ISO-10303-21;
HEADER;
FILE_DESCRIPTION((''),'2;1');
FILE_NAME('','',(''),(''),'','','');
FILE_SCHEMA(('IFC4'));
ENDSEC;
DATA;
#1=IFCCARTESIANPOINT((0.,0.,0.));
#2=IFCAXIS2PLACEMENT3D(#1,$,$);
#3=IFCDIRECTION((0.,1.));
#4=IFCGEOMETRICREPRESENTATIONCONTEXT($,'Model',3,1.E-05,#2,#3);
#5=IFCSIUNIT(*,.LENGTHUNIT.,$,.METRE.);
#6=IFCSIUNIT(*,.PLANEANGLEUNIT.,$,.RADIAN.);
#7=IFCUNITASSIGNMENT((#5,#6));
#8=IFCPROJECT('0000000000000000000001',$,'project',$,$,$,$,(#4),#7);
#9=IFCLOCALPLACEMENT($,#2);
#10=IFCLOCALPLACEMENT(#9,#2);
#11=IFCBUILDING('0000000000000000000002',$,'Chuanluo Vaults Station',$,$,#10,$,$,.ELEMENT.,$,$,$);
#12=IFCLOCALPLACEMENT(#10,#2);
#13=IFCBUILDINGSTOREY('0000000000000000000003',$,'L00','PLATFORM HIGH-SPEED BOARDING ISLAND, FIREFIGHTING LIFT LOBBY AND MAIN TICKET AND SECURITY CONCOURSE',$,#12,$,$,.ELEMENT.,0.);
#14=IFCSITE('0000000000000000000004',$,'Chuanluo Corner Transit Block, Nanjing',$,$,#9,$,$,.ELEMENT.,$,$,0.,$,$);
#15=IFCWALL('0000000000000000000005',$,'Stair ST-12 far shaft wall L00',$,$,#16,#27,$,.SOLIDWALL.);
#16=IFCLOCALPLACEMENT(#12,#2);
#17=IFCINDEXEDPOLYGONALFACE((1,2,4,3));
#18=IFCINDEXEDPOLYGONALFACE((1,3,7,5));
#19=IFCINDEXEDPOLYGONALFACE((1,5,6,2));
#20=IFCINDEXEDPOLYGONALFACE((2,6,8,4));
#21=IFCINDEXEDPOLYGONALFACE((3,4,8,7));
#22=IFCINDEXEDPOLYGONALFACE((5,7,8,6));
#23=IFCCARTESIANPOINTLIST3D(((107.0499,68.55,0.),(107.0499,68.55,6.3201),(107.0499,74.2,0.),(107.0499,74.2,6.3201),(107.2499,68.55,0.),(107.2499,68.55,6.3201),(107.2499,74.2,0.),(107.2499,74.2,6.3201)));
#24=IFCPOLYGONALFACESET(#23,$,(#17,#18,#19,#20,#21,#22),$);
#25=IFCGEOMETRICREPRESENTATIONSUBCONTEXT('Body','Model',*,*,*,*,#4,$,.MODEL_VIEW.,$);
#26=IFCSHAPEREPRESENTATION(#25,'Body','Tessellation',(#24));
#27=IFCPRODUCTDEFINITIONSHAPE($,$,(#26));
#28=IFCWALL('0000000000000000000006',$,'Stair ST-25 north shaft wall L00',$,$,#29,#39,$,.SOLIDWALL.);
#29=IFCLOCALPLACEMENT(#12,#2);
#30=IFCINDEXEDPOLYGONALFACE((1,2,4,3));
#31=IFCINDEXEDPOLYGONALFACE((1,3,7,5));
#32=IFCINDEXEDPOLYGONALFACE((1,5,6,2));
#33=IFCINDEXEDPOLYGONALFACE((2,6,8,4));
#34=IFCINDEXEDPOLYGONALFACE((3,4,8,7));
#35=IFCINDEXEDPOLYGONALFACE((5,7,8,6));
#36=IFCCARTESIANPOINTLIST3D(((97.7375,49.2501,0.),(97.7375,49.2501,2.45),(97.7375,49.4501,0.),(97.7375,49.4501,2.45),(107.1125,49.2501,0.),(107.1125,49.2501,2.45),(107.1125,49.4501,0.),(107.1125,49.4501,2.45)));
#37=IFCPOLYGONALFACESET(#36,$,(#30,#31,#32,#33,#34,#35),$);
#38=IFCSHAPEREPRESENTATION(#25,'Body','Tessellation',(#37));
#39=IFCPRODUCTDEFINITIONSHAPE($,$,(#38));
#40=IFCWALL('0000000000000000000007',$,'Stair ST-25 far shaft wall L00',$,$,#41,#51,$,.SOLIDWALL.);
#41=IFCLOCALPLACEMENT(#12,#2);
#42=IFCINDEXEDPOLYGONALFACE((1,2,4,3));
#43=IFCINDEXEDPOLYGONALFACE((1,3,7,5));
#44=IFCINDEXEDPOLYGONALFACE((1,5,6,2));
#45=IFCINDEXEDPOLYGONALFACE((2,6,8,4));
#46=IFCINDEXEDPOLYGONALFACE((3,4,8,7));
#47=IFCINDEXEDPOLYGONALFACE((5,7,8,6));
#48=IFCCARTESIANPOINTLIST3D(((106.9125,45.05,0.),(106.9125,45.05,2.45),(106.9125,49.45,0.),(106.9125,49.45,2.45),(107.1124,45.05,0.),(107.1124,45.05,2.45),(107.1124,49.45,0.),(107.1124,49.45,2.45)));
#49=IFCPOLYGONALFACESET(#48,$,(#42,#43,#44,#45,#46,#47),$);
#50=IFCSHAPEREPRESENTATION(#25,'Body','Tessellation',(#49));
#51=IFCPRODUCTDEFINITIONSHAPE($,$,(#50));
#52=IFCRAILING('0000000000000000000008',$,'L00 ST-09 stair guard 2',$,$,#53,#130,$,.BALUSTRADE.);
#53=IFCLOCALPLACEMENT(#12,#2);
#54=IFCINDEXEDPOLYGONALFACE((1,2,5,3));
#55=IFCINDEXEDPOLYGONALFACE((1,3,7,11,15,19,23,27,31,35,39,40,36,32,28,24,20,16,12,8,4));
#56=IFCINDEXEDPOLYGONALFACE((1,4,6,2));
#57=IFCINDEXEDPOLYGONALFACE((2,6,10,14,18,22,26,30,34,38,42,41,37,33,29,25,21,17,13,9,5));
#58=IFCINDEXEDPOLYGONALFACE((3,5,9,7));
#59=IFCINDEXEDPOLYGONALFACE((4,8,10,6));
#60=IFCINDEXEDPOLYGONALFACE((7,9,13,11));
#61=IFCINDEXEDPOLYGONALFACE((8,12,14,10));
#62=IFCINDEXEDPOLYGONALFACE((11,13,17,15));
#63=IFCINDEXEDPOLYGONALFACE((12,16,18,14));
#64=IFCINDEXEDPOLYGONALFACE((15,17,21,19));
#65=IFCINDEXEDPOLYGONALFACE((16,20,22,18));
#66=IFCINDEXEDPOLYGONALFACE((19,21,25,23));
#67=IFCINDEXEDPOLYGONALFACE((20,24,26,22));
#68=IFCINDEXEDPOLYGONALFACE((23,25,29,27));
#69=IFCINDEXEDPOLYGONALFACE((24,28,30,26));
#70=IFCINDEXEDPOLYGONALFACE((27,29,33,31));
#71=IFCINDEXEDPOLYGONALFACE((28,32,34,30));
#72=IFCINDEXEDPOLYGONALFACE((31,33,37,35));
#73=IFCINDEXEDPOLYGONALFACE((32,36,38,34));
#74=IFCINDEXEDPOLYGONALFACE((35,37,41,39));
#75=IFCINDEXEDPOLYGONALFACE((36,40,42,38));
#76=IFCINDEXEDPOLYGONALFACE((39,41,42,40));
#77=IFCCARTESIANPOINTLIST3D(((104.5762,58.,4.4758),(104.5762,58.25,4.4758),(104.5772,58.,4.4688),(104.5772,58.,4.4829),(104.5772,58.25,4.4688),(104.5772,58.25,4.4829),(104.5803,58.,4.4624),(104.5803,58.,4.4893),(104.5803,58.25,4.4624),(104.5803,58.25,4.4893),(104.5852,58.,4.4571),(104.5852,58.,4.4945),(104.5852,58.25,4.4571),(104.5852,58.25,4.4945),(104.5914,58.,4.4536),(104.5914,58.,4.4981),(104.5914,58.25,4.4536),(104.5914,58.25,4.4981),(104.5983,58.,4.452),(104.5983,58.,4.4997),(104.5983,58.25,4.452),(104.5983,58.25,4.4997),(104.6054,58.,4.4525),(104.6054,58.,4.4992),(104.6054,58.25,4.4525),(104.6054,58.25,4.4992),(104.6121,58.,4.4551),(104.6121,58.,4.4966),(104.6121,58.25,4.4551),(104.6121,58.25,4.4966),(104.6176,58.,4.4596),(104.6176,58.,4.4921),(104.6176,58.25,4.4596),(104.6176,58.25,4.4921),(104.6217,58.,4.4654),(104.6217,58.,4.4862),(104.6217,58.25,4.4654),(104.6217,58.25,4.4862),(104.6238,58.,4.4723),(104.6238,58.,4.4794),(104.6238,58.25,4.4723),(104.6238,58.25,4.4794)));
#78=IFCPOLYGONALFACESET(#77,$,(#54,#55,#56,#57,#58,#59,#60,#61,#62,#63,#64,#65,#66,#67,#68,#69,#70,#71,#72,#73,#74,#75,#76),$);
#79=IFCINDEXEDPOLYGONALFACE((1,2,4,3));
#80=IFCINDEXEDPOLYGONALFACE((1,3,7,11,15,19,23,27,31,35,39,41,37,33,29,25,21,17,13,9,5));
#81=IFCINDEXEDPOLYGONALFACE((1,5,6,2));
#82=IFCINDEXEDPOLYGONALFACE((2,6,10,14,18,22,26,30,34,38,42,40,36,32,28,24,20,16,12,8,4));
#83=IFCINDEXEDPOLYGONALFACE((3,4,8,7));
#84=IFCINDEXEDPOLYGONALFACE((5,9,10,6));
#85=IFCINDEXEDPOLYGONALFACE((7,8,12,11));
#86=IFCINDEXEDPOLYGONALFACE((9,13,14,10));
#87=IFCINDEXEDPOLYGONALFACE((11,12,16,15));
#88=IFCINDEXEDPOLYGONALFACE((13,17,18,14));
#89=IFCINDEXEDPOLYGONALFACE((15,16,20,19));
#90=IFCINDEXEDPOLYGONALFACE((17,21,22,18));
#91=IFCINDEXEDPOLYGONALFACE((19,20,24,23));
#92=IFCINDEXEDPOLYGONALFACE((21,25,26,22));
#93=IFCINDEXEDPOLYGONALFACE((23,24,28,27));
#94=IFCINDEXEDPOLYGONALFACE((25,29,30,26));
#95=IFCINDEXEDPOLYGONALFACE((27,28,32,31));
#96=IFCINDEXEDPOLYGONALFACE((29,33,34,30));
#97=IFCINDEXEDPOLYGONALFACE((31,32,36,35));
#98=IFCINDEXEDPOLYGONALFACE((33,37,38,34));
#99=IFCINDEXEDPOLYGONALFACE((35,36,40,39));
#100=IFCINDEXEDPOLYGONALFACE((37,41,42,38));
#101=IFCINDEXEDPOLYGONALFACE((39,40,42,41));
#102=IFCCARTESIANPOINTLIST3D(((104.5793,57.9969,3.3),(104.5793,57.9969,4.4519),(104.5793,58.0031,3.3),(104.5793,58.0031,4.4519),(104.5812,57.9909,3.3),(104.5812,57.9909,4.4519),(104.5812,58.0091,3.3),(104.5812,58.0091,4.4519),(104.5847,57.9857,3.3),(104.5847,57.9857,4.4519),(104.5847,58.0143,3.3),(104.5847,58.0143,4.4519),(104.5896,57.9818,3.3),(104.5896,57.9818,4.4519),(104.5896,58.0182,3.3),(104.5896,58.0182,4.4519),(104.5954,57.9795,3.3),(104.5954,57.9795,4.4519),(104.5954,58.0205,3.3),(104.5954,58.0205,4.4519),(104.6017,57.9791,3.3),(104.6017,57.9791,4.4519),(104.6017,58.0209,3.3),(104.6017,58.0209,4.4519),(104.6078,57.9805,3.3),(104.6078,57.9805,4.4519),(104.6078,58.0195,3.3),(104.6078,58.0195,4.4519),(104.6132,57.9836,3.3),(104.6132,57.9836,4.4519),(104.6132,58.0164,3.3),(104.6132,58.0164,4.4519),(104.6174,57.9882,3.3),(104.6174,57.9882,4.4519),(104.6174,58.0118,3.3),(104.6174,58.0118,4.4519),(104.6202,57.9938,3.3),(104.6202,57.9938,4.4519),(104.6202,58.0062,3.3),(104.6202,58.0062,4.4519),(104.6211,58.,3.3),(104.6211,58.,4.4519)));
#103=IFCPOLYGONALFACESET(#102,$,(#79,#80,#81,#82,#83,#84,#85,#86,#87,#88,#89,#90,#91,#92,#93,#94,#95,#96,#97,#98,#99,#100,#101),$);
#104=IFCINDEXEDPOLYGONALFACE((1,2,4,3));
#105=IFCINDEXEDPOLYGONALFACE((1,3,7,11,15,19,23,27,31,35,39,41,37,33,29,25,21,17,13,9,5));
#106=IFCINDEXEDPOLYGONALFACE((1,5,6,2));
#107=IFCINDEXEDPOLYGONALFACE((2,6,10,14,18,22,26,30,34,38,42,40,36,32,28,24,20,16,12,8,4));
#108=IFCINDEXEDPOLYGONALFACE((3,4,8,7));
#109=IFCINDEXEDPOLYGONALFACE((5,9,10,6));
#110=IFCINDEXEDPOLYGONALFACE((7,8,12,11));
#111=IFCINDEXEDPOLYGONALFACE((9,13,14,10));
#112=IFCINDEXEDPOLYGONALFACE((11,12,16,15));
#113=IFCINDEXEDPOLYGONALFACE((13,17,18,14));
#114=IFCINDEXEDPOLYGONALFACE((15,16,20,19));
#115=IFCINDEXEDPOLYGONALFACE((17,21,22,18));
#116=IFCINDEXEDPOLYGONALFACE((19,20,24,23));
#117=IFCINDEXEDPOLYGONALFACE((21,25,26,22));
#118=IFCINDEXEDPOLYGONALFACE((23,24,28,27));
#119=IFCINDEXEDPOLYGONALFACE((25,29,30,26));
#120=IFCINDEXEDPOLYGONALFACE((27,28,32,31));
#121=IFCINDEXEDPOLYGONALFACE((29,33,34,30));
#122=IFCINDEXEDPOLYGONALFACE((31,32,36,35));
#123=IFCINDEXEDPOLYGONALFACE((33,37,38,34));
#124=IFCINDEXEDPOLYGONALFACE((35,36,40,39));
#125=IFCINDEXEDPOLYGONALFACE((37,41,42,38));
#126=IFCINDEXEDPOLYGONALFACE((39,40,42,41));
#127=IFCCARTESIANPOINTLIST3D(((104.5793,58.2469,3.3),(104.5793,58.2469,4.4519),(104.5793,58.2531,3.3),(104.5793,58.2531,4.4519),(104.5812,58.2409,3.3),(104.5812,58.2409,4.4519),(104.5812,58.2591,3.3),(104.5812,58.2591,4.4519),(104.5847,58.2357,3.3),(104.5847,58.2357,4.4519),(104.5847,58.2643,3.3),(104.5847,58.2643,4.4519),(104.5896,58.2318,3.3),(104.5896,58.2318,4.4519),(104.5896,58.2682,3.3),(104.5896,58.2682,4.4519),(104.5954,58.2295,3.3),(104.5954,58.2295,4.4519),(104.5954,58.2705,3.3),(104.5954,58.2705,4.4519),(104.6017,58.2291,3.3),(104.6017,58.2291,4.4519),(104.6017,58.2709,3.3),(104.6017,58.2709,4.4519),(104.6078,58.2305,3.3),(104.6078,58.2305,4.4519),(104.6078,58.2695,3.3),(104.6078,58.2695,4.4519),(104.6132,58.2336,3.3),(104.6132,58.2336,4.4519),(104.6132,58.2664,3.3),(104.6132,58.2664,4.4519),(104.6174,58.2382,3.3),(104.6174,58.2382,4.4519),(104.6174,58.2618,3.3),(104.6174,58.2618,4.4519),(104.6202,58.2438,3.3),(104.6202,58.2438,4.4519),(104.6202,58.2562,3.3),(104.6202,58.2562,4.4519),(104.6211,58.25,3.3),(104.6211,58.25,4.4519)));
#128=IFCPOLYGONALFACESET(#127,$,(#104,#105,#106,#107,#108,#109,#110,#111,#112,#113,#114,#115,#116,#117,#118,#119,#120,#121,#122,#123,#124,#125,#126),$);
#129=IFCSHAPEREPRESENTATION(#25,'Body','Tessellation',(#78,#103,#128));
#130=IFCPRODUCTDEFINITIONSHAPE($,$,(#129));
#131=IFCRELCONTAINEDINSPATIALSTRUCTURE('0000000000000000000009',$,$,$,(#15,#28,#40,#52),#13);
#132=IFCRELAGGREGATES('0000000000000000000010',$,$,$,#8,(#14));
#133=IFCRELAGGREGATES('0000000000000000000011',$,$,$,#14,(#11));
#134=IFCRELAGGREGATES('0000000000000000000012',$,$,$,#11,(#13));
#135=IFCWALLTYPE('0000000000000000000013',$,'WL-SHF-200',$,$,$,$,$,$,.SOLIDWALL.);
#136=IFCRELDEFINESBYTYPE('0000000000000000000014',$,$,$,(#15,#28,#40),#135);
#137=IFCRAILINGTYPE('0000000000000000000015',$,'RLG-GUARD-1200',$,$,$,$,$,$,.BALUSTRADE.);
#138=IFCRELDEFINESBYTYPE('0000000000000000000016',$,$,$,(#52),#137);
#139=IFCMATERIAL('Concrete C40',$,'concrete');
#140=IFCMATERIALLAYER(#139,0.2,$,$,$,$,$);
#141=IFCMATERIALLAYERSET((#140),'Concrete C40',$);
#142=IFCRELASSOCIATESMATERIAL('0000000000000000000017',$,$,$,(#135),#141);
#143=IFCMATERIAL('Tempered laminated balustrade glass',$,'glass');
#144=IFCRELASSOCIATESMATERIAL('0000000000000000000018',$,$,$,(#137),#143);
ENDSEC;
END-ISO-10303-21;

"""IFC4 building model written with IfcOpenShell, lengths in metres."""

from ifc_helpers import new_model, si_unit, direction, frame, frame_2d, origin, origin_2d, place, context, subcontext, project, spatial, rectangle, circle, extrude, material, layer, layer_set, type_object, element, save


model = new_model("IFC4")

# Units and contexts
model_context = context("Model", 3, precision=1e-05, world=origin(), true_north=direction((0.0, 1.0)))
body_context = subcontext(model_context, "Body", "Model", "MODEL_VIEW")
ifc_project = project(units=[si_unit("LENGTHUNIT", "METRE"), si_unit("PLANEANGLEUNIT", "RADIAN")], contexts=[model_context])

# Site, building, storey
site_placement = place(None, origin())
site = spatial("IfcSite", under=ifc_project, at=site_placement, Name="Chuanluo Corner Transit Block, Nanjing", CompositionType="ELEMENT", RefElevation=0.0)
building_placement = place(site_placement, origin())
building = spatial("IfcBuilding", under=site, at=building_placement, Name="Chuanluo Vaults Station", CompositionType="ELEMENT")
storey_placement = place(building_placement, origin())
storey = spatial("IfcBuildingStorey", under=building, at=storey_placement, Name="L00", Description="PLATFORM HIGH-SPEED BOARDING ISLAND, FIREFIGHTING LIFT LOBBY AND MAIN TICKET AND SECURITY CONCOURSE", CompositionType="ELEMENT", Elevation=0.0)

# Walls
ifc_material_1 = material(Name="Concrete C40", Category="concrete")
ifc_layer_1 = layer(ifc_material_1, 0.2)
ifc_layer_set_1 = layer_set([ifc_layer_1], Name="Concrete C40")
wall_type_1 = type_object("IfcWallType", Name="WL-SHF-200", PredefinedType="SOLIDWALL", material=ifc_layer_set_1)
for number, where, z_axis, x_axis, name in (
    (1, (107.1499, 68.55, 0.0), (0.0, 0.0, 1.0), (0.0, 1.0, 0.0), "Stair ST-12 far shaft wall L00"),
):
    element("IfcWall", number, at=place(storey_placement, frame(where, z_axis=z_axis, x_axis=x_axis)), inside=storey, type_object=wall_type_1, Name=name, PredefinedType="SOLIDWALL", context=body_context, shape_type="SweptSolid", body=[
        extrude(rectangle(XDim=5.6499, YDim=0.2, at=frame_2d((2.825, 0.0))), origin(), (0.0, 0.0, 1.0), 6.3201),
    ])
wall_1_placement = place(storey_placement, frame((107.1125, 49.3501, 0.0), z_axis=(0.0, 0.0, 1.0), x_axis=(-1.0, 0.0, 0.0)))
element("IfcWall", 2, at=wall_1_placement, inside=storey, type_object=wall_type_1, Name="Stair ST-25 north shaft wall L00", PredefinedType="SOLIDWALL", context=body_context, shape_type="SweptSolid", body=[
    extrude(rectangle(XDim=9.375, YDim=0.2, at=frame_2d((4.6875, 0.0))), origin(), (0.0, 0.0, 1.0), 2.45),
])
wall_2_placement = place(storey_placement, frame((107.0125, 45.05, 0.0), z_axis=(0.0, 0.0, 1.0), x_axis=(0.0, 1.0, 0.0)))
element("IfcWall", 3, at=wall_2_placement, inside=storey, type_object=wall_type_1, Name="Stair ST-25 far shaft wall L00", PredefinedType="SOLIDWALL", context=body_context, shape_type="SweptSolid", body=[
    extrude(rectangle(XDim=4.3999, YDim=0.2, at=frame_2d((2.2, 0.0))), origin(), (0.0, 0.0, 1.0), 2.45),
])

# Railing
ifc_material_2 = material(Name="Tempered laminated balustrade glass", Category="glass")
railing_type_1 = type_object("IfcRailingType", Name="RLG-GUARD-1200", PredefinedType="BALUSTRADE", material=ifc_material_2)
railing_1_placement = place(storey_placement, frame((104.6001, 58.0, 3.3)))
element("IfcRailing", 4, at=railing_1_placement, inside=storey, type_object=railing_type_1, Name="L00 ST-09 stair guard 2", PredefinedType="BALUSTRADE", context=body_context, shape_type="SweptSolid", body=[
    extrude(circle(Radius=0.0239, at=origin_2d()), frame((0.0, 0.0, 1.1758), z_axis=(0.0, 1.0, 0.0), x_axis=(-1.0, 0.0, 0.0)), (0.0, 0.0, 1.0), 0.25),
    extrude(circle(Radius=0.021, at=origin_2d()), origin(), (0.0, 0.0, 1.0), 1.1519),
    extrude(circle(Radius=0.021, at=origin_2d()), frame((0.0, 0.25, 0.0)), (0.0, 0.0, 1.0), 1.1519),
])

save(model, "model.ifc")
